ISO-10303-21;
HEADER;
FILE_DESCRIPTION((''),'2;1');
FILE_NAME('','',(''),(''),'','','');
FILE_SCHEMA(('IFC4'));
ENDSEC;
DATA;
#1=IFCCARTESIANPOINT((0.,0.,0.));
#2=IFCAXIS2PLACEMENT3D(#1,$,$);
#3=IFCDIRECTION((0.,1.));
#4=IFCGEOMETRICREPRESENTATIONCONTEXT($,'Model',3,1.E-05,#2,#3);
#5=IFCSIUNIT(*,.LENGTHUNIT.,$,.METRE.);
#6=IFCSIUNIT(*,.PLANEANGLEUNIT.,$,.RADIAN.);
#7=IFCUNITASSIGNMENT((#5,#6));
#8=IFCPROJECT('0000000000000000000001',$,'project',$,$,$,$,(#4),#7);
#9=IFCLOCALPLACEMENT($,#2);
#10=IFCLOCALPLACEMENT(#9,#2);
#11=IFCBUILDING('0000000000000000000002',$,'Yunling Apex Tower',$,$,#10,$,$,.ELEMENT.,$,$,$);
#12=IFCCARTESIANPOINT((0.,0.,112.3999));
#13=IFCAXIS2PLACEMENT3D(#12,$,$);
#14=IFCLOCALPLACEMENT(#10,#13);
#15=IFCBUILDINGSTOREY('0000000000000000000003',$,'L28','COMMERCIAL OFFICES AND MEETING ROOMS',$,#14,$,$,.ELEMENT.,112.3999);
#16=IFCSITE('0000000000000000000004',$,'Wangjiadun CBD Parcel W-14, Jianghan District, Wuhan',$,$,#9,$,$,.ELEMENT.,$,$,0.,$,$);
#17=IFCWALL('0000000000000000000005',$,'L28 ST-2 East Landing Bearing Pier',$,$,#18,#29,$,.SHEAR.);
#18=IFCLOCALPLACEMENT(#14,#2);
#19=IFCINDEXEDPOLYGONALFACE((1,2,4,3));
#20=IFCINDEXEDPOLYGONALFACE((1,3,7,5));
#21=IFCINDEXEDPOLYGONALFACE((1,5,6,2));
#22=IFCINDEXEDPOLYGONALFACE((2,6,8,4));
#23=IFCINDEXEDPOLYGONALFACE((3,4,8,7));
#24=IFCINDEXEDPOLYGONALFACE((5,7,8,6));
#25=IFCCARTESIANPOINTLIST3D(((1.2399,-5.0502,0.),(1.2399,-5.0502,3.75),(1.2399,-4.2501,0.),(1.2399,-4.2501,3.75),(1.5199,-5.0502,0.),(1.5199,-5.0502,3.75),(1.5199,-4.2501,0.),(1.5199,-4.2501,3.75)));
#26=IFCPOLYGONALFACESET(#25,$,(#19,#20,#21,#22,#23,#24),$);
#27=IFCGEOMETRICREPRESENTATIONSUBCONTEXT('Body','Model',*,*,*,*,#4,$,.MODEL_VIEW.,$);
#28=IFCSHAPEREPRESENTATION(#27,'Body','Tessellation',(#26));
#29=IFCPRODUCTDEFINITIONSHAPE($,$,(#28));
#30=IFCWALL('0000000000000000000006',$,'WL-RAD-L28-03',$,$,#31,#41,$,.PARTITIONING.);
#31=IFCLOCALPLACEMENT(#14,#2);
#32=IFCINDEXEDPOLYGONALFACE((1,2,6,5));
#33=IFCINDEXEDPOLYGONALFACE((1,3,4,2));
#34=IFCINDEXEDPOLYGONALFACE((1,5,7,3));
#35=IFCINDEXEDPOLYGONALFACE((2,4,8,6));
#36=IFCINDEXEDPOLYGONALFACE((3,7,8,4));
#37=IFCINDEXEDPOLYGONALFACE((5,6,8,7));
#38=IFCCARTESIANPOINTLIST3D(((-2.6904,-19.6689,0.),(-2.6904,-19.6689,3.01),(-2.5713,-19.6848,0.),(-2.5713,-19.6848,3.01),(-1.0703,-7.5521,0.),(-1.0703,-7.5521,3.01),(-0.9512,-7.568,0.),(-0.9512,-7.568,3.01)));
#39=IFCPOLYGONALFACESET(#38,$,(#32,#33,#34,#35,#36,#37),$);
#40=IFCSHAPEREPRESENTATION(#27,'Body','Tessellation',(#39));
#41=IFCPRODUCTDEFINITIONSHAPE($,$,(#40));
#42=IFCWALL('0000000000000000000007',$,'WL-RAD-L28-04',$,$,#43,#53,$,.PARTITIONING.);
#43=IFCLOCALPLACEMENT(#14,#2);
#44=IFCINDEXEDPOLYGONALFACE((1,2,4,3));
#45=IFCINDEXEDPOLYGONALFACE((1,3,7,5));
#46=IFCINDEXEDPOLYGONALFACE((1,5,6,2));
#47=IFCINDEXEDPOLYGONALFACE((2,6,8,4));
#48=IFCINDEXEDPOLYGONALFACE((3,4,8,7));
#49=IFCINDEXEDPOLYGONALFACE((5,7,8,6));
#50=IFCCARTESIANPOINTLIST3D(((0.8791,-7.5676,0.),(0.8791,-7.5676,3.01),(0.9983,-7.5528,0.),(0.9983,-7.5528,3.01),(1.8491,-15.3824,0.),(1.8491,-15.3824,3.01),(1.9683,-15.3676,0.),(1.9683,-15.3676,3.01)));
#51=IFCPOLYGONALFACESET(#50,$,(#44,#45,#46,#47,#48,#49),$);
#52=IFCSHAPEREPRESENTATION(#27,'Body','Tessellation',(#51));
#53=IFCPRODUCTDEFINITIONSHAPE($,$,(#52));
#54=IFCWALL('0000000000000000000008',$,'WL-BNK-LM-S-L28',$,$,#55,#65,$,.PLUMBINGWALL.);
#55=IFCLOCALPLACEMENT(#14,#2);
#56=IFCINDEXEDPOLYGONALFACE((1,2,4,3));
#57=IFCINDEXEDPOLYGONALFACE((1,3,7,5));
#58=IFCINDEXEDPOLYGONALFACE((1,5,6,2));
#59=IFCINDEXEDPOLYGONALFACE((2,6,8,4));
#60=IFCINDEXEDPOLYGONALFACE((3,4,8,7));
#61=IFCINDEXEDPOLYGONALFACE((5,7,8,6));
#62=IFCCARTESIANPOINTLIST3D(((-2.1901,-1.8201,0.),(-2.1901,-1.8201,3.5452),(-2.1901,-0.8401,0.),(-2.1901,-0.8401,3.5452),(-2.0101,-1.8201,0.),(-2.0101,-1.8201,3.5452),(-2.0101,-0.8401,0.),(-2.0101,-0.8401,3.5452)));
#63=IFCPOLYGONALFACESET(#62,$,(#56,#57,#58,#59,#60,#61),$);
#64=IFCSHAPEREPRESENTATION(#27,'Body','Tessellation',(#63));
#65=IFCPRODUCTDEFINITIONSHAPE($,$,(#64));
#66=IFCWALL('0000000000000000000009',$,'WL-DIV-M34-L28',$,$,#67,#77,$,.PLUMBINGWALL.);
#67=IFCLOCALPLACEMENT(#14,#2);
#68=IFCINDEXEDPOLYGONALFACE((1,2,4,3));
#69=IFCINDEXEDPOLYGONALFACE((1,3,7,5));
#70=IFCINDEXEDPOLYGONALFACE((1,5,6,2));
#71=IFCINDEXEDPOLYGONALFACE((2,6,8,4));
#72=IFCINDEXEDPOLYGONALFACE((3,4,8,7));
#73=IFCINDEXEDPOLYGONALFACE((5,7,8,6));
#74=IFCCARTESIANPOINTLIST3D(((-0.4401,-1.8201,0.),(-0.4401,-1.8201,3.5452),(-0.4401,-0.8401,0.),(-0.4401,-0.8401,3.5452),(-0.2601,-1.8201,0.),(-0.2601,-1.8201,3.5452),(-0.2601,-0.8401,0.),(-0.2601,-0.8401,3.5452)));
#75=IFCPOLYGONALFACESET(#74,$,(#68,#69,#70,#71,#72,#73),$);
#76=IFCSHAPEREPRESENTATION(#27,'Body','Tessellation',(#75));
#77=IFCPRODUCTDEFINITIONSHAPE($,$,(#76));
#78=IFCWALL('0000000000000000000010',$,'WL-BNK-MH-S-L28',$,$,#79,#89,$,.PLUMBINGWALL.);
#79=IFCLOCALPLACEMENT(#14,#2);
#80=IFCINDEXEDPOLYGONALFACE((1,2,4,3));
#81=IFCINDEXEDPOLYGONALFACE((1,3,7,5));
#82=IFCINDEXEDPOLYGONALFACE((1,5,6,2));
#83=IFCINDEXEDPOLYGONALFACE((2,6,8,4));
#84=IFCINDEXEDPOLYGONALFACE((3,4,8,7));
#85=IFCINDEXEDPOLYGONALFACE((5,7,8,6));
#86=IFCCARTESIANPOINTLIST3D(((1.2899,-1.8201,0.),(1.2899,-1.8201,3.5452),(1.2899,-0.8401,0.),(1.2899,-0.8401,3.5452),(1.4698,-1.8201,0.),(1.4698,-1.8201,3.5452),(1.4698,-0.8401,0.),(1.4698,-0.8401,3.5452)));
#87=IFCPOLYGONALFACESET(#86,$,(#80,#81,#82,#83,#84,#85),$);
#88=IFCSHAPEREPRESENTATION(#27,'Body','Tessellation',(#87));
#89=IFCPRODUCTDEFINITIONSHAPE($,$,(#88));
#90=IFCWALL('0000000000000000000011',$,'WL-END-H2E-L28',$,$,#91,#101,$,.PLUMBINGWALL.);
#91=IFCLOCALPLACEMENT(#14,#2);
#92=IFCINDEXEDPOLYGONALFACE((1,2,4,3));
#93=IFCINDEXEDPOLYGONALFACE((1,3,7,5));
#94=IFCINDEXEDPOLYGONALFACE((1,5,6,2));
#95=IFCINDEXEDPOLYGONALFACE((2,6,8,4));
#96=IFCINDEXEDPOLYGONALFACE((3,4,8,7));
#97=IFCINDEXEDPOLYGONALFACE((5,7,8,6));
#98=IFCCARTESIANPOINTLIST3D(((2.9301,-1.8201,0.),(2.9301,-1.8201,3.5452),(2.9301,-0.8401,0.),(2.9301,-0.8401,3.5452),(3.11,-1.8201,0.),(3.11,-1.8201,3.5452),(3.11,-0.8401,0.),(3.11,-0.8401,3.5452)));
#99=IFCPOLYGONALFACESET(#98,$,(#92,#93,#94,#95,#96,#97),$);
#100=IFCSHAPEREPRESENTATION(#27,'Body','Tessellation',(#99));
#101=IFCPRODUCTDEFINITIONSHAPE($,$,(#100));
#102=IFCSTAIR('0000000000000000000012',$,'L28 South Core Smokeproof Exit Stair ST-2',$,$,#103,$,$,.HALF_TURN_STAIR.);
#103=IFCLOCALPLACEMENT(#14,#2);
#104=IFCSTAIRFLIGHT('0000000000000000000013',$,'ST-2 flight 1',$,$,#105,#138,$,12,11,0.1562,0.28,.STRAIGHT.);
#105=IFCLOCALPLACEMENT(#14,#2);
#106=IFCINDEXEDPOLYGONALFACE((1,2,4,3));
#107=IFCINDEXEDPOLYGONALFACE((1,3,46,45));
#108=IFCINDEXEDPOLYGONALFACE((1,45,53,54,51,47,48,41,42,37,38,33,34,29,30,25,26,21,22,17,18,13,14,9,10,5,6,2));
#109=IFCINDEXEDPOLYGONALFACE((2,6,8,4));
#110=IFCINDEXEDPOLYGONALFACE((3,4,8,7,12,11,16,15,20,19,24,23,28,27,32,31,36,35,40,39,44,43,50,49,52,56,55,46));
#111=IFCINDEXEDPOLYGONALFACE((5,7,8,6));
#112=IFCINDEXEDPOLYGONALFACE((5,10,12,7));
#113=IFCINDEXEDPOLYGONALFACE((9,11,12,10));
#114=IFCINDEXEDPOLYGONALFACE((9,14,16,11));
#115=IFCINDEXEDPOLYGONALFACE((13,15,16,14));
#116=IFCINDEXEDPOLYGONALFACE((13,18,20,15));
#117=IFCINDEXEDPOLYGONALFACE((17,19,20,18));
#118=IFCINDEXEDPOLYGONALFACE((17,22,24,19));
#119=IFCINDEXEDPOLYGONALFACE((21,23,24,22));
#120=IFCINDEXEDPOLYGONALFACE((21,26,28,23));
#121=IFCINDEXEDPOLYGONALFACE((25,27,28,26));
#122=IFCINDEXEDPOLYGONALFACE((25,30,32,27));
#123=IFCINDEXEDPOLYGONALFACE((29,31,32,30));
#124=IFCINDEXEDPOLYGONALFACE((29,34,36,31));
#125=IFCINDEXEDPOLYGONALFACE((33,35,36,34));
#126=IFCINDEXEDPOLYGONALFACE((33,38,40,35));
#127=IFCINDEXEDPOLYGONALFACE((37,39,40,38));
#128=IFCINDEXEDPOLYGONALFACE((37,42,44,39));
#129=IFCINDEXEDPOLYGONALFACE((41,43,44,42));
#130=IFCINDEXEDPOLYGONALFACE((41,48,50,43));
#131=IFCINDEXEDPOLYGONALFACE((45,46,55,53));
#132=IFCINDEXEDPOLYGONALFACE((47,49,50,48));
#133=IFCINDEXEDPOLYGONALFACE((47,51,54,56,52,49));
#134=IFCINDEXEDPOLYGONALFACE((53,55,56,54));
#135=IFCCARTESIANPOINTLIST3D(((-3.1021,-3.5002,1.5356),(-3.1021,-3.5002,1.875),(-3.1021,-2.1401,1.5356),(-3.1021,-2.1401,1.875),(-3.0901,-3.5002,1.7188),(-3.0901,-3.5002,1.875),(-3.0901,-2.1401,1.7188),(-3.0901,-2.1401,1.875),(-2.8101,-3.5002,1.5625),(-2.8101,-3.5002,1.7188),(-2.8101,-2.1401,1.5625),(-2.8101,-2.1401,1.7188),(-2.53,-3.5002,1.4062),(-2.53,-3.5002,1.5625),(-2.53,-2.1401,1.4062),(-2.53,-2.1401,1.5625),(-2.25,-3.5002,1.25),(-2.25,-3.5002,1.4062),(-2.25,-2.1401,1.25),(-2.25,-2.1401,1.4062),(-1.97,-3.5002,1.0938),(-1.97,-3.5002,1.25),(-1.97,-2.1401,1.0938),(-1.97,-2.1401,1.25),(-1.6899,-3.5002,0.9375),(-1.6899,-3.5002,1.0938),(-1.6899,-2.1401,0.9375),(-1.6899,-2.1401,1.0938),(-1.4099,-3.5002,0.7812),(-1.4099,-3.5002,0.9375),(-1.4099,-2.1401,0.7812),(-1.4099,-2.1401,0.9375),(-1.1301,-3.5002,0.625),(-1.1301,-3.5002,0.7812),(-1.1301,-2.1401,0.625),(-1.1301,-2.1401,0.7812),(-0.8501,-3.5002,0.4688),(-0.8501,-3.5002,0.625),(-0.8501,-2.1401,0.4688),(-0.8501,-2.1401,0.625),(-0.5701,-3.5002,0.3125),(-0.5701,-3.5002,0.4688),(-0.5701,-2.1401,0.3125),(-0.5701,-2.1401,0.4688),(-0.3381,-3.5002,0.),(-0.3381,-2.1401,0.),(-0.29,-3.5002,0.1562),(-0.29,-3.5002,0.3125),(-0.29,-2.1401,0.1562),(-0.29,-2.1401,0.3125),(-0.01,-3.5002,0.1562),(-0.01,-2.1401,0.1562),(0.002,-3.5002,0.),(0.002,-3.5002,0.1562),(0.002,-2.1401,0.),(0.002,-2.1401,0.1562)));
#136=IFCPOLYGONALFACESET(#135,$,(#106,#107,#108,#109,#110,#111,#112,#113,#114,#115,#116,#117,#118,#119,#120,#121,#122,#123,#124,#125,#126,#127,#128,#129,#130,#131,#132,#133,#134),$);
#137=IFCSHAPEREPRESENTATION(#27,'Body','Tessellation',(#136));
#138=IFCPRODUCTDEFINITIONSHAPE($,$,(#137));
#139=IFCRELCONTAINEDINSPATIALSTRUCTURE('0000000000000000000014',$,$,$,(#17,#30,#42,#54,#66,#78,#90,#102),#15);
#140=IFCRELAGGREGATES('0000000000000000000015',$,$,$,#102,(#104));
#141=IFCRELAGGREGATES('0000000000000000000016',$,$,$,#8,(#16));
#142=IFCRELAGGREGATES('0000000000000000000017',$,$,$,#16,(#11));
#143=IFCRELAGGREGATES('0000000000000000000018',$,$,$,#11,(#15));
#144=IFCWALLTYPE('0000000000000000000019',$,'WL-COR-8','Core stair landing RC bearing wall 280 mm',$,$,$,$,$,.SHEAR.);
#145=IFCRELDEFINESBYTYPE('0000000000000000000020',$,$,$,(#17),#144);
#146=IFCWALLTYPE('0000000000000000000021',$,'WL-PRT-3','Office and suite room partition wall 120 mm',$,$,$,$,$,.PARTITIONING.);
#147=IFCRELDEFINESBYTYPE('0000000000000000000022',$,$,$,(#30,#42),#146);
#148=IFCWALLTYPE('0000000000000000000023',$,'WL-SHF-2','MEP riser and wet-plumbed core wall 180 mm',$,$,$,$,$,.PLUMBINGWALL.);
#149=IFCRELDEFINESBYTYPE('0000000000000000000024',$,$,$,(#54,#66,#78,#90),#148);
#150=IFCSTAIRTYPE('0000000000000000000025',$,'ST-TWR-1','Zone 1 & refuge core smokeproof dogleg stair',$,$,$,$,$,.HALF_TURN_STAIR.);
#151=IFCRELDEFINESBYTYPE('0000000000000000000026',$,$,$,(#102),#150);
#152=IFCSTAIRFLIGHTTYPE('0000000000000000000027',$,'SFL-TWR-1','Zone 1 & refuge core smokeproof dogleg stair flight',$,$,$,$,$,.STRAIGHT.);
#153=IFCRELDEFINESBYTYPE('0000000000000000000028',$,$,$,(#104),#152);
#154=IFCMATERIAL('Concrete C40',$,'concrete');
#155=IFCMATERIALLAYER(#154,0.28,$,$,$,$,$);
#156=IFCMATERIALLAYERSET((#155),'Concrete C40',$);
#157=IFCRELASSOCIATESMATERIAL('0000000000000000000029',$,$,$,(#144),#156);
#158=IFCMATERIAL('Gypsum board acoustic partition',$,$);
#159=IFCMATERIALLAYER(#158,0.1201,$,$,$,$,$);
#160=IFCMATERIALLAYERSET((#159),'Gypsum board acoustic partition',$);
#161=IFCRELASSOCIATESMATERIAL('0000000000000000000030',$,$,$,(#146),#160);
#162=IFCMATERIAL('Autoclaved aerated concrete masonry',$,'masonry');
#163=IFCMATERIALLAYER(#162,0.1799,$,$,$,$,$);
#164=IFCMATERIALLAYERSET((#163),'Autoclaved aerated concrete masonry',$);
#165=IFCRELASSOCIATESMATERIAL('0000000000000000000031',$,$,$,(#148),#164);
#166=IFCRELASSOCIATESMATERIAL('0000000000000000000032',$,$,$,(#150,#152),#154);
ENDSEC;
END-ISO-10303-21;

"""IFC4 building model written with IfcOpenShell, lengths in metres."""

from ifc_helpers import new_model, si_unit, direction, frame, frame_2d, origin, place, context, subcontext, project, spatial, polyline, rectangle, outline, extrude, material, layer, layer_set, type_object, element, aggregate, save


model = new_model("IFC4")

# Units and contexts
model_context = context("Model", 3, precision=1e-05, world=origin(), true_north=direction((0.0, 1.0)))
body_context = subcontext(model_context, "Body", "Model", "MODEL_VIEW")
ifc_project = project(units=[si_unit("LENGTHUNIT", "METRE"), si_unit("PLANEANGLEUNIT", "RADIAN")], contexts=[model_context])

# Site, building, storey
site_placement = place(None, origin())
site = spatial("IfcSite", under=ifc_project, at=site_placement, Name="Wangjiadun CBD Parcel W-14, Jianghan District, Wuhan", CompositionType="ELEMENT", RefElevation=0.0)
building_placement = place(site_placement, origin())
building = spatial("IfcBuilding", under=site, at=building_placement, Name="Yunling Apex Tower", CompositionType="ELEMENT")
storey_placement = place(building_placement, frame((0.0, 0.0, 112.3999)))
storey = spatial("IfcBuildingStorey", under=building, at=storey_placement, Name="L28", Description="COMMERCIAL OFFICES AND MEETING ROOMS", CompositionType="ELEMENT", Elevation=112.3999)

# Shared definitions
ifc_material_1 = material(Name="Concrete C40", Category="concrete")

# Walls
ifc_layer_1 = layer(ifc_material_1, 0.28)
ifc_layer_set_1 = layer_set([ifc_layer_1], Name="Concrete C40")
wall_type_1 = type_object("IfcWallType", Name="WL-COR-8", Description="Core stair landing RC bearing wall 280 mm", PredefinedType="SHEAR", material=ifc_layer_set_1)
wall_1_placement = place(storey_placement, frame((1.3799, -5.05, 0.0), z_axis=(0.0, 0.0, 1.0), x_axis=(0.0, 1.0, 0.0)))
element("IfcWall", 1, at=wall_1_placement, inside=storey, type_object=wall_type_1, Name="L28 ST-2 East Landing Bearing Pier", PredefinedType="SHEAR", context=body_context, shape_type="SweptSolid", body=[
    extrude(rectangle(XDim=0.8, YDim=0.28, at=frame_2d((0.3999, 0.0))), origin(), (0.0, 0.0, 1.0), 3.75),
])
ifc_material_2 = material(Name="Gypsum board acoustic partition")
ifc_layer_2 = layer(ifc_material_2, 0.1201)
ifc_layer_set_2 = layer_set([ifc_layer_2], Name="Gypsum board acoustic partition")
wall_type_2 = type_object("IfcWallType", Name="WL-PRT-3", Description="Office and suite room partition wall 120 mm", PredefinedType="PARTITIONING", material=ifc_layer_set_2)
wall_2_placement = place(storey_placement, frame((-1.0107, -7.5601, 0.0), z_axis=(0.0, 0.0, 1.0), x_axis=(-0.13253, -0.991179, 0.0)))
element("IfcWall", 2, at=wall_2_placement, inside=storey, type_object=wall_type_2, Name="WL-RAD-L28-03", PredefinedType="PARTITIONING", context=body_context, shape_type="SweptSolid", body=[
    extrude(rectangle(XDim=12.2246, YDim=0.1201, at=frame_2d((6.1123, 0.0))), origin(), (0.0, 0.0, 1.0), 3.01),
])
wall_3_placement = place(storey_placement, frame((0.9387, -7.5601, 0.0), z_axis=(0.0, 0.0, 1.0), x_axis=(0.123176, -0.992385, 0.0)))
element("IfcWall", 3, at=wall_3_placement, inside=storey, type_object=wall_type_2, Name="WL-RAD-L28-04", PredefinedType="PARTITIONING", context=body_context, shape_type="SweptSolid", body=[
    extrude(rectangle(XDim=7.8748, YDim=0.1201, at=frame_2d((3.9375, 0.0))), origin(), (0.0, 0.0, 1.0), 3.01),
])

# Shared definitions
ifc_material_3 = material(Name="Autoclaved aerated concrete masonry", Category="masonry")

# Walls
ifc_layer_3 = layer(ifc_material_3, 0.1799)
ifc_layer_set_3 = layer_set([ifc_layer_3], Name="Autoclaved aerated concrete masonry")
wall_type_3 = type_object("IfcWallType", Name="WL-SHF-2", Description="MEP riser and wet-plumbed core wall 180 mm", PredefinedType="PLUMBINGWALL", material=ifc_layer_set_3)
for number, where, z_axis, x_axis, name in (
    (4, (-2.1001, -1.8201, 0.0), (0.0, 0.0, 1.0), (0.0, 1.0, 0.0), "WL-BNK-LM-S-L28"),
    (5, (-0.3501, -1.8201, 0.0), (0.0, 0.0, 1.0), (0.0, 1.0, 0.0), "WL-DIV-M34-L28"),
    (6, (1.3799, -1.8201, 0.0), (0.0, 0.0, 1.0), (0.0, 1.0, 0.0), "WL-BNK-MH-S-L28"),
    (7, (3.02, -1.8201, 0.0), (0.0, 0.0, 1.0), (0.0, 1.0, 0.0), "WL-END-H2E-L28"),
):
    element("IfcWall", number, at=place(storey_placement, frame(where, z_axis=z_axis, x_axis=x_axis)), inside=storey, type_object=wall_type_3, Name=name, PredefinedType="PLUMBINGWALL", context=body_context, shape_type="SweptSolid", body=[
        extrude(rectangle(XDim=0.98, YDim=0.1799, at=frame_2d((0.49, 0.0))), origin(), (0.0, 0.0, 1.0), 3.5452),
    ])

# Stair, stair flight
stair_type = type_object("IfcStairType", Name="ST-TWR-1", Description="Zone 1 & refuge core smokeproof dogleg stair", PredefinedType="HALF_TURN_STAIR", material=ifc_material_1)
stair_placement = place(storey_placement, origin())
stair = element("IfcStair", 8, at=stair_placement, inside=storey, type_object=stair_type, Name="L28 South Core Smokeproof Exit Stair ST-2", PredefinedType="HALF_TURN_STAIR")
stair_flight_type = type_object("IfcStairFlightType", Name="SFL-TWR-1", Description="Zone 1 & refuge core smokeproof dogleg stair flight", PredefinedType="STRAIGHT", material=ifc_material_1)
stair_flight_placement = place(storey_placement, frame((-0.01, -2.8201, 0.0), z_axis=(0.0, 0.0, 1.0), x_axis=(-1.0, 0.0, 0.0)))
stair_flight = element("IfcStairFlight", 9, at=stair_flight_placement, type_object=stair_flight_type, Name="ST-2 flight 1", NumberOfRisers=12, NumberOfTreads=11, PredefinedType="STRAIGHT", RiserHeight=0.1562, TreadLength=0.28, context=body_context, shape_type="SweptSolid", body=[
    extrude(outline(polyline([(-0.012, 0.0), (-0.012, 0.1562), (0.0, 0.1562), (0.28, 0.1562), (0.28, 0.3125), (0.5601, 0.3125), (0.5601, 0.4688), (0.8401, 0.4688), (0.8401, 0.625), (1.1201, 0.625), (1.1201, 0.7812), (1.3999, 0.7812), (1.3999, 0.9375), (1.6799, 0.9375), (1.6799, 1.0938), (1.96, 1.0938), (1.96, 1.25), (2.24, 1.25), (2.24, 1.4062), (2.52, 1.4062), (2.52, 1.5625), (2.8, 1.5625), (2.8, 1.7188), (3.0801, 1.7188), (3.0801, 1.875), (3.092, 1.875), (3.092, 1.5356), (0.3281, 0.0), (-0.012, 0.0)])), frame((0.0, 0.6802, 0.0), z_axis=(0.0, -1.0, 0.0), x_axis=(1.0, 0.0, 0.0)), (0.0, 0.0, 1.0), 1.3601),
])
aggregate(stair, [stair_flight])

save(model, "model.ifc")
